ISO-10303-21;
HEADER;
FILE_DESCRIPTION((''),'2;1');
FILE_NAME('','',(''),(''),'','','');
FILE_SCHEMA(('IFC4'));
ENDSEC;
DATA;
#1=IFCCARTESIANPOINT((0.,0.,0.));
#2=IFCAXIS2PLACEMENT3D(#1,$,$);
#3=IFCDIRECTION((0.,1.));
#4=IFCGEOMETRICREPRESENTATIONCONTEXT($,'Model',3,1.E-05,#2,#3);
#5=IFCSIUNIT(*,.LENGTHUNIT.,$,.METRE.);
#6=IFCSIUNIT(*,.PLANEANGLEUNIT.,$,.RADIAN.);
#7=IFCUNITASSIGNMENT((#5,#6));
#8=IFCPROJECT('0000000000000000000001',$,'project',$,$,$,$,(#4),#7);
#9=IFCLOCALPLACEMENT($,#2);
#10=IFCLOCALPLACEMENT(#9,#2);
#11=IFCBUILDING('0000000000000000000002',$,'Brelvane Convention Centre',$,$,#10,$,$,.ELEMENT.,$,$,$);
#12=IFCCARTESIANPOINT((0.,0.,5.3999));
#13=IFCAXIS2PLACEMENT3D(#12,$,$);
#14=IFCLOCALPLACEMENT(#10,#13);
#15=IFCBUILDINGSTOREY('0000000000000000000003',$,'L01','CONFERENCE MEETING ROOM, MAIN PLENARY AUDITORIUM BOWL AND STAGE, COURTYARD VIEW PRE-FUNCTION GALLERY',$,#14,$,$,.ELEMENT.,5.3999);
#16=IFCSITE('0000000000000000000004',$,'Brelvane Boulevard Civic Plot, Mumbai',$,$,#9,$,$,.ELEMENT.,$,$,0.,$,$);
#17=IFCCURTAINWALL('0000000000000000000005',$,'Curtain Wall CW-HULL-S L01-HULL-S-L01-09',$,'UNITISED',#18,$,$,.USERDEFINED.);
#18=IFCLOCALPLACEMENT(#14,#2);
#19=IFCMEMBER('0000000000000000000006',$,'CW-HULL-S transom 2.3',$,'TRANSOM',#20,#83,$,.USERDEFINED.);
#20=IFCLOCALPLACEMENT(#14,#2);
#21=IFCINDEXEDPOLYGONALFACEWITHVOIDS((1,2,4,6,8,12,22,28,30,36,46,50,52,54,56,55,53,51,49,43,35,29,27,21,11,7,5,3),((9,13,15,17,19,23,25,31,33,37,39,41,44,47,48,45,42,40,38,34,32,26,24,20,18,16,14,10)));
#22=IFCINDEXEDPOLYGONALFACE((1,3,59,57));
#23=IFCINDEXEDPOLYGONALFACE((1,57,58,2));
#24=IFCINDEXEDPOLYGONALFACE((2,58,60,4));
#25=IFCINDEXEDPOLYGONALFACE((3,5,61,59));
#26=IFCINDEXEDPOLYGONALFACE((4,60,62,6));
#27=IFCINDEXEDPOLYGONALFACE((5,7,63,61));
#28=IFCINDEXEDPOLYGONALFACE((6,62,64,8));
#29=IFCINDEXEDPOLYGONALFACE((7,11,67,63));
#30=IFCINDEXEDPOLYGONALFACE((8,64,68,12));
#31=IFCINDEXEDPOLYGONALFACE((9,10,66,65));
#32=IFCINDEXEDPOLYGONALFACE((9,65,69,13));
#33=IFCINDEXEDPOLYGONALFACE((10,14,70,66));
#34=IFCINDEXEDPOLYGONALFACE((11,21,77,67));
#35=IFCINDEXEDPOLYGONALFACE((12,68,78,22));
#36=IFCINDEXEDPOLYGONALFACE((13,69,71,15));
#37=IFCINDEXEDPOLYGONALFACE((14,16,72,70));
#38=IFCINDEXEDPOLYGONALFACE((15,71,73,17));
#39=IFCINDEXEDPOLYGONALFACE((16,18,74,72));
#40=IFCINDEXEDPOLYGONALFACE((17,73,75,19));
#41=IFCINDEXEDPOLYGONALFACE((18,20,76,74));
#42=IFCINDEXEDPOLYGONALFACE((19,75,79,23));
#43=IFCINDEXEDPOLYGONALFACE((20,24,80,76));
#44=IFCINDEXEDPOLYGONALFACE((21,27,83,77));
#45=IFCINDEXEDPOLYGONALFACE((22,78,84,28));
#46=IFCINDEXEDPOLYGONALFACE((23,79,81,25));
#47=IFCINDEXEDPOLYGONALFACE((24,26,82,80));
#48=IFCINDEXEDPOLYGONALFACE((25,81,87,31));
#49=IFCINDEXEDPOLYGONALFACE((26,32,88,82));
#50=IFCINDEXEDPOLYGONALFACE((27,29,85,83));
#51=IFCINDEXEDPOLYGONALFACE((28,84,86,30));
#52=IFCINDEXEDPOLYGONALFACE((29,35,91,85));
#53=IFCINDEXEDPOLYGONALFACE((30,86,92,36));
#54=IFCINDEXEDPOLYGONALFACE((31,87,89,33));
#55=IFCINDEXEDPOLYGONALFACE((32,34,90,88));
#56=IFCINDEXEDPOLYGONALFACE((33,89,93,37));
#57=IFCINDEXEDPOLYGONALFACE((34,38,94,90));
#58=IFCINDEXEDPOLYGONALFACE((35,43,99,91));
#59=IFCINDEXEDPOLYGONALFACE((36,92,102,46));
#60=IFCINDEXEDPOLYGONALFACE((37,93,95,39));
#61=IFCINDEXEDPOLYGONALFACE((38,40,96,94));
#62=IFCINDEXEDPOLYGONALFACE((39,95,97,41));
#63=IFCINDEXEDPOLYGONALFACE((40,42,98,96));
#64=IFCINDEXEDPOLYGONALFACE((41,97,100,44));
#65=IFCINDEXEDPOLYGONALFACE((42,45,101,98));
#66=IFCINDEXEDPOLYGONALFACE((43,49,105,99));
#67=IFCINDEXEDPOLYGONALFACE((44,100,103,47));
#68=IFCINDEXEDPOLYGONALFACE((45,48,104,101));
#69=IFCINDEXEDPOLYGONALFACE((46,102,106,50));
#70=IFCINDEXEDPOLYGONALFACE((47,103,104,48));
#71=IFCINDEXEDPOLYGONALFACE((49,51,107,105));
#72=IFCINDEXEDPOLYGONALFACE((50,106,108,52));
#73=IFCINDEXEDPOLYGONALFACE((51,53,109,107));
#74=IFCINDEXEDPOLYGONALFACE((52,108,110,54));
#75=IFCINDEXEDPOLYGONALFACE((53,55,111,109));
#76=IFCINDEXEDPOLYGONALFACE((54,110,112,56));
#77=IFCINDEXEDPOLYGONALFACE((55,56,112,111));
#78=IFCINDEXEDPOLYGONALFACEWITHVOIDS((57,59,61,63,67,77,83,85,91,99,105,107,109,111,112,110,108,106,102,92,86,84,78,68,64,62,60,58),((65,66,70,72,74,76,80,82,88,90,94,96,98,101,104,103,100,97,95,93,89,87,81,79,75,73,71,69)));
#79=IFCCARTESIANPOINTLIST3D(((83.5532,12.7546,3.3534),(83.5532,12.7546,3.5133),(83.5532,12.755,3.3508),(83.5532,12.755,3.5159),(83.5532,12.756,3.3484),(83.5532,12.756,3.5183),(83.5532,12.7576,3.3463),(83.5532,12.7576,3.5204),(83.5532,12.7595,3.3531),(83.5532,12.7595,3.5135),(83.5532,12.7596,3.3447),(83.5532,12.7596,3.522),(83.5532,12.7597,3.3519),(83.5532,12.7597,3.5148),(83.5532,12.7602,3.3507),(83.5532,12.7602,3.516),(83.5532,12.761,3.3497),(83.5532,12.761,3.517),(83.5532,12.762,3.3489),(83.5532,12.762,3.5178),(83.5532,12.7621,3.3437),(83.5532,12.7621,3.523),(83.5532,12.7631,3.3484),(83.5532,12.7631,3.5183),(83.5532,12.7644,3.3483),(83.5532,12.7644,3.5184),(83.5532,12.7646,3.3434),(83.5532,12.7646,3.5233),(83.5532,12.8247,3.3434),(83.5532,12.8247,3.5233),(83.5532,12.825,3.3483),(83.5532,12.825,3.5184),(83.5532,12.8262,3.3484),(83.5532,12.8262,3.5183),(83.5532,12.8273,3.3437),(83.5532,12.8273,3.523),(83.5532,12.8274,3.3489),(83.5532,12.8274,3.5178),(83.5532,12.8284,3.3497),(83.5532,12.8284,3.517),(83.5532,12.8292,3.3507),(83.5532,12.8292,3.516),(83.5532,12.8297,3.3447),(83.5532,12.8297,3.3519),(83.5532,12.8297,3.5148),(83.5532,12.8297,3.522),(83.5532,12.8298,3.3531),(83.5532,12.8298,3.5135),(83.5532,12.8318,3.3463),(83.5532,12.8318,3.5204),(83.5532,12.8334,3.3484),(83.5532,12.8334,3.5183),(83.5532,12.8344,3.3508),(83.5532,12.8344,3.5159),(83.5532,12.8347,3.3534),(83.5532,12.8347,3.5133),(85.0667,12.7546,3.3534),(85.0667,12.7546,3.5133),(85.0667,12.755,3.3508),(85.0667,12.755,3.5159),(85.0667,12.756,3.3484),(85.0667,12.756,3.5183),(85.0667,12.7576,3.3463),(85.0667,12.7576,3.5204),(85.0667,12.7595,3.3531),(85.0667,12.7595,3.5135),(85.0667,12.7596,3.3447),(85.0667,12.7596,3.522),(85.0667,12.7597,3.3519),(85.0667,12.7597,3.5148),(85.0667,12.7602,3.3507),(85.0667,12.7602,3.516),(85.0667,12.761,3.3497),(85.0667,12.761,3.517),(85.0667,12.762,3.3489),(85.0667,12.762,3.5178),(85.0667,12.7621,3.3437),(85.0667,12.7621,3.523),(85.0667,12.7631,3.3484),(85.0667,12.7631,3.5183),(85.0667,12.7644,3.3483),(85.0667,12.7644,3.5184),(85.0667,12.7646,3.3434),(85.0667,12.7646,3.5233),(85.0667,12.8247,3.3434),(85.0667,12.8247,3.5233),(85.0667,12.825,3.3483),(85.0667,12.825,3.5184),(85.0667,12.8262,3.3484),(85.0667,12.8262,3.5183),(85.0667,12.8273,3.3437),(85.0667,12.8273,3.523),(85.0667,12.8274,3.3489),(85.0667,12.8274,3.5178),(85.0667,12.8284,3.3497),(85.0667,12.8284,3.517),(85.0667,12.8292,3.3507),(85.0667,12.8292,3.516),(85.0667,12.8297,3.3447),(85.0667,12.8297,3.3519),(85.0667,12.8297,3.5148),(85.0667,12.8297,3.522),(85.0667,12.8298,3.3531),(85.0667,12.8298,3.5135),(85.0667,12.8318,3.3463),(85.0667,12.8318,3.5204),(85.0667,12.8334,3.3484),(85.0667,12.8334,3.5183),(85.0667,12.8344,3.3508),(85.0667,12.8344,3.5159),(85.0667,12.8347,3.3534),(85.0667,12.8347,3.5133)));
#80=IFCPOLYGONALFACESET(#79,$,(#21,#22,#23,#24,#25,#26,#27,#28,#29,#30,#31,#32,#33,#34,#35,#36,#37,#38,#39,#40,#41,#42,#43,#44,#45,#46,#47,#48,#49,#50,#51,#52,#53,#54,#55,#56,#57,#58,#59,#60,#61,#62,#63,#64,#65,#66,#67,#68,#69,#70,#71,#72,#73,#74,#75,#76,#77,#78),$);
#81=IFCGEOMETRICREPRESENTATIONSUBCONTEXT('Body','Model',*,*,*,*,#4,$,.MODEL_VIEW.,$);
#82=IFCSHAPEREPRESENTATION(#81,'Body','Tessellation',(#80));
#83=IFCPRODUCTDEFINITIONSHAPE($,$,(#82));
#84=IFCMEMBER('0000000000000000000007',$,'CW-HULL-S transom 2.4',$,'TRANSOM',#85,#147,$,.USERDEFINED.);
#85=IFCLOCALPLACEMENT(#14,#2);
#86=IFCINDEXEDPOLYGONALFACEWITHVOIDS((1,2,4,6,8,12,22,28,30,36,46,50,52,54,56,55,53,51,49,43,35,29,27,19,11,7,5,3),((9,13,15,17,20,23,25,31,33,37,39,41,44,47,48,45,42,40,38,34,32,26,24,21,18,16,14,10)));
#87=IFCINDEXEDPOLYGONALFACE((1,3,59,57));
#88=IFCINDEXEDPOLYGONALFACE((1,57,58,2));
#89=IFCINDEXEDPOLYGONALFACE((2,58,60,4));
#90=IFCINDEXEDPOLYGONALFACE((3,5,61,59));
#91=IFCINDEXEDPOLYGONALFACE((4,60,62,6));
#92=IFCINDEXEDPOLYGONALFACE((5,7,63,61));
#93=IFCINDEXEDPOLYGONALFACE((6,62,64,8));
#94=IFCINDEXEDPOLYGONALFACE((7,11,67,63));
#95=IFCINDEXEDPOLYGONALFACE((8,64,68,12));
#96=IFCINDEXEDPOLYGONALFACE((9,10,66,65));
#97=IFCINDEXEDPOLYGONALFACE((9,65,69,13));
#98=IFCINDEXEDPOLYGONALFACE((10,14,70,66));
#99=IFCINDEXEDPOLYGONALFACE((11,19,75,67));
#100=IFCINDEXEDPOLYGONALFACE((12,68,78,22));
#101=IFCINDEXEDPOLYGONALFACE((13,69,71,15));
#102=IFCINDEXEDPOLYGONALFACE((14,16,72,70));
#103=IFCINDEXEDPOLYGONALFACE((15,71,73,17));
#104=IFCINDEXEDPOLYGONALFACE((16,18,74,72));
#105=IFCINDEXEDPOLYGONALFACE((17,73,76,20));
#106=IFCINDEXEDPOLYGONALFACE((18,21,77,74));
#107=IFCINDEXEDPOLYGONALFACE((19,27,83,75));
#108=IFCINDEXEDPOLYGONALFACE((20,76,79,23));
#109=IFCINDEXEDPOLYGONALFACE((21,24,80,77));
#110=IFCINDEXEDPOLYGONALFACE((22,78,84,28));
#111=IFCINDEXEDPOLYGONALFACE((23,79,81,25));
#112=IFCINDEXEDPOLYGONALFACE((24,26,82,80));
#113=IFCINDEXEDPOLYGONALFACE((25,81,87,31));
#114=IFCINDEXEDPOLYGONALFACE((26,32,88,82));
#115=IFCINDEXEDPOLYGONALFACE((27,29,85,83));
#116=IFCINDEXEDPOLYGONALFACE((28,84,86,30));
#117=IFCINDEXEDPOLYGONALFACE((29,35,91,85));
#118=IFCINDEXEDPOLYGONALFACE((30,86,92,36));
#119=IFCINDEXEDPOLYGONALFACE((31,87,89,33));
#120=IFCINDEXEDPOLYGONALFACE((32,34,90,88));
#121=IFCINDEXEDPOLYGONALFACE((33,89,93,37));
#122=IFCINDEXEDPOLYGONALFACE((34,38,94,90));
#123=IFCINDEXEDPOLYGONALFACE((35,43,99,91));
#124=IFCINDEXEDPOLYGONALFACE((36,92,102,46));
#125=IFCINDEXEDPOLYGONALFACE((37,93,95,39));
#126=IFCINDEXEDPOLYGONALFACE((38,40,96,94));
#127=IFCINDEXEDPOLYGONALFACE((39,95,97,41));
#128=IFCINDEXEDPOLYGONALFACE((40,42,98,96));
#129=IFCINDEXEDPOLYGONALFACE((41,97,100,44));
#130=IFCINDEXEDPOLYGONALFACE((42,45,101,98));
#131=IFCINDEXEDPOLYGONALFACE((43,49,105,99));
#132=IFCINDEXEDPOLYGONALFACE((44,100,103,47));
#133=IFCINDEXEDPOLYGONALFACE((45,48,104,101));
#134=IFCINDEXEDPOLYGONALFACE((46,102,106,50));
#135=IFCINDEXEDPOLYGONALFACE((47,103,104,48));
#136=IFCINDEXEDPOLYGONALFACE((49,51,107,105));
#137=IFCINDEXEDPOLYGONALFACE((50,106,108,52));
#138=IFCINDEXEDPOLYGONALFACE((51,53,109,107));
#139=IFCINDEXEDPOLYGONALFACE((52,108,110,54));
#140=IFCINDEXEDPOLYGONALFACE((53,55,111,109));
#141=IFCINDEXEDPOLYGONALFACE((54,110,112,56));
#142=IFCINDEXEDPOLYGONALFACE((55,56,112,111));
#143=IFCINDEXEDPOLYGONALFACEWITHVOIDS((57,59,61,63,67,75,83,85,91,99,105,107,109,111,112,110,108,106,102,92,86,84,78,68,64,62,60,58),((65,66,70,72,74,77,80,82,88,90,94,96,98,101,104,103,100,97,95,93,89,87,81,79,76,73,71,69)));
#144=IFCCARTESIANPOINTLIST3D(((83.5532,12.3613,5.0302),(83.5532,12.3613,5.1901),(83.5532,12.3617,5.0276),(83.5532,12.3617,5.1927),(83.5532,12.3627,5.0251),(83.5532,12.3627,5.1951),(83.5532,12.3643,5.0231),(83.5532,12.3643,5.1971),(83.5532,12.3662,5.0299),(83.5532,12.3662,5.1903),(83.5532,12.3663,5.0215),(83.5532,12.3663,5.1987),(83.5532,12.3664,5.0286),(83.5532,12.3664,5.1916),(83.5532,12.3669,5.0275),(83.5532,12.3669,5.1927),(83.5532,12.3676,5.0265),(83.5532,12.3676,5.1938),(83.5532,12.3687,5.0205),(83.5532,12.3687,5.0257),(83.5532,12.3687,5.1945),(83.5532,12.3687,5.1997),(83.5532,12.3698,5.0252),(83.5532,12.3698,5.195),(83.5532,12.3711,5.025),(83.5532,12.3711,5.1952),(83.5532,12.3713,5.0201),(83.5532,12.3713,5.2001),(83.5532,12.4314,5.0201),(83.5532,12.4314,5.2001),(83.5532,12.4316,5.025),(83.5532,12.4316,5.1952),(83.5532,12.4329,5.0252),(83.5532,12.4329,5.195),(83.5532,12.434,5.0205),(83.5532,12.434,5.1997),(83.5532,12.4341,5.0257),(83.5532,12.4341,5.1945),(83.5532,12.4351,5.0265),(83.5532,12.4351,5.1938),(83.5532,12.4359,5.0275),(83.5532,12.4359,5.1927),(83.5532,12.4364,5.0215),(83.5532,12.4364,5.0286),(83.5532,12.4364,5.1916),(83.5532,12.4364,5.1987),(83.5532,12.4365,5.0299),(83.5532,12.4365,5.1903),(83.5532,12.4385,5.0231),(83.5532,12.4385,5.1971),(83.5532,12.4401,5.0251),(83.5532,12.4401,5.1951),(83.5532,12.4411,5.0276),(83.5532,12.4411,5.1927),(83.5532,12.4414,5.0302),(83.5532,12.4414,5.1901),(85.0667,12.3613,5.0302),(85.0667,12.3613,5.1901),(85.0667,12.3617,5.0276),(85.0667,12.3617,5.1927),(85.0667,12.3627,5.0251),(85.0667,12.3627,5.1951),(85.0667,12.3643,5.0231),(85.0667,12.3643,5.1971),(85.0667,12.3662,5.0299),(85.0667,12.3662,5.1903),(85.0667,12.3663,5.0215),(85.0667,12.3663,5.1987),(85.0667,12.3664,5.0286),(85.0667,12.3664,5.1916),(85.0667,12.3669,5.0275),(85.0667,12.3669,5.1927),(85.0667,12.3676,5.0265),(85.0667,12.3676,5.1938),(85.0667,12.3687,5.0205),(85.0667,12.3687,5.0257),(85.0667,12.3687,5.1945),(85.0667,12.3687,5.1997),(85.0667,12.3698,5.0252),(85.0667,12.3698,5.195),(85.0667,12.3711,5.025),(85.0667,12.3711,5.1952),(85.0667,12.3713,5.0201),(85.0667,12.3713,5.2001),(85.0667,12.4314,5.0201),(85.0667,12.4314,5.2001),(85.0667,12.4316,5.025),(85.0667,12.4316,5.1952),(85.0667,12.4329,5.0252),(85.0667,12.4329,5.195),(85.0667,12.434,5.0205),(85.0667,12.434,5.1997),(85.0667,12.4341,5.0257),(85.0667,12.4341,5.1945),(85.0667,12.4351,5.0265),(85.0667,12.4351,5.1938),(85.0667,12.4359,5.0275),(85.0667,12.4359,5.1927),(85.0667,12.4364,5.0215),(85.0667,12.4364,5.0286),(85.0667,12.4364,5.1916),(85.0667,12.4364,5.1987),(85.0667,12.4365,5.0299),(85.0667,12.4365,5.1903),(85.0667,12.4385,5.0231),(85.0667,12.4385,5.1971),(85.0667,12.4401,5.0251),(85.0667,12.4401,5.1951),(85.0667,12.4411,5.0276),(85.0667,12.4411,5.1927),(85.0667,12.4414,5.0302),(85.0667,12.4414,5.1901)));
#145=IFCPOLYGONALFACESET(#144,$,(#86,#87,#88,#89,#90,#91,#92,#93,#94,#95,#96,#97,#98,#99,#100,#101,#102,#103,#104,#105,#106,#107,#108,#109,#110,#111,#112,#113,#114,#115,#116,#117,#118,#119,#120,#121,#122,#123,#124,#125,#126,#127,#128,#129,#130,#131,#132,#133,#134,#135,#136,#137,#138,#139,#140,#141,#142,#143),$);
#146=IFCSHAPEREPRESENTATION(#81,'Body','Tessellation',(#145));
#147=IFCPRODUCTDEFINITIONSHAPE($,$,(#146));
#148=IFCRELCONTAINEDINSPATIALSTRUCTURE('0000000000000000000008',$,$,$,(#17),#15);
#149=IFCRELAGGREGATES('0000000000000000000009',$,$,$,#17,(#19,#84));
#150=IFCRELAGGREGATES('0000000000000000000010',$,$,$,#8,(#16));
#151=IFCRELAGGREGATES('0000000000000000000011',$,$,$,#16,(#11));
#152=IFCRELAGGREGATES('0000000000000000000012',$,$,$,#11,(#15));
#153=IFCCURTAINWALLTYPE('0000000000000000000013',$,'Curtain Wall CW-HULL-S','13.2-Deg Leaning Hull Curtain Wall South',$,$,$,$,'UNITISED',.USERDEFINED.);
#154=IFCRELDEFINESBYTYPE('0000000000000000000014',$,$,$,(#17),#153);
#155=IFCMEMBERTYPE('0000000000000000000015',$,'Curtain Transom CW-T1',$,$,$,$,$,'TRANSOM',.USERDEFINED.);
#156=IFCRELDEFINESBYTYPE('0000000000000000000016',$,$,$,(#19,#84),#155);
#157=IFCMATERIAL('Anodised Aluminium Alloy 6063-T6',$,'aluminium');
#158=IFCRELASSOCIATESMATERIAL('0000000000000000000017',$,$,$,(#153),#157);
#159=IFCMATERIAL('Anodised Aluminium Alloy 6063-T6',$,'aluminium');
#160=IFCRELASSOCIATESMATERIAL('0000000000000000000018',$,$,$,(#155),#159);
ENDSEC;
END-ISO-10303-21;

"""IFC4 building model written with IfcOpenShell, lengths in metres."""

from ifc_helpers import new_model, si_unit, direction, frame, origin, origin_2d, place, context, subcontext, project, spatial, hollow_rectangle, extrude, material, material_profile, profile_set, type_object, element, aggregate, save


model = new_model("IFC4")

# Units and contexts
model_context = context("Model", 3, precision=1e-05, world=origin(), true_north=direction((0.0, 1.0)))
body_context = subcontext(model_context, "Body", "Model", "MODEL_VIEW")
ifc_project = project(units=[si_unit("LENGTHUNIT", "METRE"), si_unit("PLANEANGLEUNIT", "RADIAN")], contexts=[model_context])

# Site, building, storey
site_placement = place(None, origin())
site = spatial("IfcSite", under=ifc_project, at=site_placement, Name="Brelvane Boulevard Civic Plot, Mumbai", CompositionType="ELEMENT", RefElevation=0.0)
building_placement = place(site_placement, origin())
building = spatial("IfcBuilding", under=site, at=building_placement, Name="Brelvane Convention Centre", CompositionType="ELEMENT")
storey_placement = place(building_placement, frame((0.0, 0.0, 5.3999)))
storey = spatial("IfcBuildingStorey", under=building, at=storey_placement, Name="L01", Description="CONFERENCE MEETING ROOM, MAIN PLENARY AUDITORIUM BOWL AND STAGE, COURTYARD VIEW PRE-FUNCTION GALLERY", CompositionType="ELEMENT", Elevation=5.3999)

# Curtain wall, members
ifc_material_1 = material(Name="Anodised Aluminium Alloy 6063-T6", Category="aluminium")
curtain_wall_type = type_object("IfcCurtainWallType", Name="Curtain Wall CW-HULL-S", Description="13.2-Deg Leaning Hull Curtain Wall South", ElementType="UNITISED", PredefinedType="USERDEFINED", material=ifc_material_1)
ifc_material_2 = material(Name="Anodised Aluminium Alloy 6063-T6", Category="aluminium")
ifc_material_profile = material_profile(ifc_material_2, hollow_rectangle(XDim=0.0801, YDim=0.1799, WallThickness=0.0049, InnerFilletRadius=0.0049, OuterFilletRadius=0.01, at=origin_2d()), Name="ALU-T 180x80x5.0")
ifc_profile_set = profile_set([ifc_material_profile], Name="Anodised Aluminium Alloy 6063-T6")
member_type = type_object("IfcMemberType", Name="Curtain Transom CW-T1", ElementType="TRANSOM", PredefinedType="USERDEFINED", material=ifc_profile_set)
curtain_wall_1_placement = place(storey_placement, origin())
curtain_wall_1 = element("IfcCurtainWall", 1, at=curtain_wall_1_placement, inside=storey, type_object=curtain_wall_type, Name="Curtain Wall CW-HULL-S L01-HULL-S-L01-09", ObjectType="UNITISED", PredefinedType="USERDEFINED")
member_1_placement = place(storey_placement, frame((83.5532, 12.7947, 3.4333), z_axis=(1.0, 0.0, 0.0), x_axis=(0.0, 1.0, 0.0)))
member_1 = element("IfcMember", 2, at=member_1_placement, type_object=member_type, Name="CW-HULL-S transom 2.3", ObjectType="TRANSOM", PredefinedType="USERDEFINED", context=body_context, shape_type="SweptSolid", body=[
    extrude(hollow_rectangle(XDim=0.0801, YDim=0.1799, WallThickness=0.0049, InnerFilletRadius=0.0049, OuterFilletRadius=0.01, at=origin_2d()), origin(), (0.0, 0.0, 1.0), 1.5134),
])
member_2_placement = place(storey_placement, frame((83.5532, 12.4014, 5.1101), z_axis=(1.0, 0.0, 0.0), x_axis=(0.0, 1.0, 0.0)))
member_2 = element("IfcMember", 3, at=member_2_placement, type_object=member_type, Name="CW-HULL-S transom 2.4", ObjectType="TRANSOM", PredefinedType="USERDEFINED", context=body_context, shape_type="SweptSolid", body=[
    extrude(hollow_rectangle(XDim=0.0801, YDim=0.1799, WallThickness=0.0049, InnerFilletRadius=0.0049, OuterFilletRadius=0.01, at=origin_2d()), origin(), (0.0, 0.0, 1.0), 1.5134),
])

aggregate(curtain_wall_1, [member_1, member_2])

save(model, "model.ifc")
